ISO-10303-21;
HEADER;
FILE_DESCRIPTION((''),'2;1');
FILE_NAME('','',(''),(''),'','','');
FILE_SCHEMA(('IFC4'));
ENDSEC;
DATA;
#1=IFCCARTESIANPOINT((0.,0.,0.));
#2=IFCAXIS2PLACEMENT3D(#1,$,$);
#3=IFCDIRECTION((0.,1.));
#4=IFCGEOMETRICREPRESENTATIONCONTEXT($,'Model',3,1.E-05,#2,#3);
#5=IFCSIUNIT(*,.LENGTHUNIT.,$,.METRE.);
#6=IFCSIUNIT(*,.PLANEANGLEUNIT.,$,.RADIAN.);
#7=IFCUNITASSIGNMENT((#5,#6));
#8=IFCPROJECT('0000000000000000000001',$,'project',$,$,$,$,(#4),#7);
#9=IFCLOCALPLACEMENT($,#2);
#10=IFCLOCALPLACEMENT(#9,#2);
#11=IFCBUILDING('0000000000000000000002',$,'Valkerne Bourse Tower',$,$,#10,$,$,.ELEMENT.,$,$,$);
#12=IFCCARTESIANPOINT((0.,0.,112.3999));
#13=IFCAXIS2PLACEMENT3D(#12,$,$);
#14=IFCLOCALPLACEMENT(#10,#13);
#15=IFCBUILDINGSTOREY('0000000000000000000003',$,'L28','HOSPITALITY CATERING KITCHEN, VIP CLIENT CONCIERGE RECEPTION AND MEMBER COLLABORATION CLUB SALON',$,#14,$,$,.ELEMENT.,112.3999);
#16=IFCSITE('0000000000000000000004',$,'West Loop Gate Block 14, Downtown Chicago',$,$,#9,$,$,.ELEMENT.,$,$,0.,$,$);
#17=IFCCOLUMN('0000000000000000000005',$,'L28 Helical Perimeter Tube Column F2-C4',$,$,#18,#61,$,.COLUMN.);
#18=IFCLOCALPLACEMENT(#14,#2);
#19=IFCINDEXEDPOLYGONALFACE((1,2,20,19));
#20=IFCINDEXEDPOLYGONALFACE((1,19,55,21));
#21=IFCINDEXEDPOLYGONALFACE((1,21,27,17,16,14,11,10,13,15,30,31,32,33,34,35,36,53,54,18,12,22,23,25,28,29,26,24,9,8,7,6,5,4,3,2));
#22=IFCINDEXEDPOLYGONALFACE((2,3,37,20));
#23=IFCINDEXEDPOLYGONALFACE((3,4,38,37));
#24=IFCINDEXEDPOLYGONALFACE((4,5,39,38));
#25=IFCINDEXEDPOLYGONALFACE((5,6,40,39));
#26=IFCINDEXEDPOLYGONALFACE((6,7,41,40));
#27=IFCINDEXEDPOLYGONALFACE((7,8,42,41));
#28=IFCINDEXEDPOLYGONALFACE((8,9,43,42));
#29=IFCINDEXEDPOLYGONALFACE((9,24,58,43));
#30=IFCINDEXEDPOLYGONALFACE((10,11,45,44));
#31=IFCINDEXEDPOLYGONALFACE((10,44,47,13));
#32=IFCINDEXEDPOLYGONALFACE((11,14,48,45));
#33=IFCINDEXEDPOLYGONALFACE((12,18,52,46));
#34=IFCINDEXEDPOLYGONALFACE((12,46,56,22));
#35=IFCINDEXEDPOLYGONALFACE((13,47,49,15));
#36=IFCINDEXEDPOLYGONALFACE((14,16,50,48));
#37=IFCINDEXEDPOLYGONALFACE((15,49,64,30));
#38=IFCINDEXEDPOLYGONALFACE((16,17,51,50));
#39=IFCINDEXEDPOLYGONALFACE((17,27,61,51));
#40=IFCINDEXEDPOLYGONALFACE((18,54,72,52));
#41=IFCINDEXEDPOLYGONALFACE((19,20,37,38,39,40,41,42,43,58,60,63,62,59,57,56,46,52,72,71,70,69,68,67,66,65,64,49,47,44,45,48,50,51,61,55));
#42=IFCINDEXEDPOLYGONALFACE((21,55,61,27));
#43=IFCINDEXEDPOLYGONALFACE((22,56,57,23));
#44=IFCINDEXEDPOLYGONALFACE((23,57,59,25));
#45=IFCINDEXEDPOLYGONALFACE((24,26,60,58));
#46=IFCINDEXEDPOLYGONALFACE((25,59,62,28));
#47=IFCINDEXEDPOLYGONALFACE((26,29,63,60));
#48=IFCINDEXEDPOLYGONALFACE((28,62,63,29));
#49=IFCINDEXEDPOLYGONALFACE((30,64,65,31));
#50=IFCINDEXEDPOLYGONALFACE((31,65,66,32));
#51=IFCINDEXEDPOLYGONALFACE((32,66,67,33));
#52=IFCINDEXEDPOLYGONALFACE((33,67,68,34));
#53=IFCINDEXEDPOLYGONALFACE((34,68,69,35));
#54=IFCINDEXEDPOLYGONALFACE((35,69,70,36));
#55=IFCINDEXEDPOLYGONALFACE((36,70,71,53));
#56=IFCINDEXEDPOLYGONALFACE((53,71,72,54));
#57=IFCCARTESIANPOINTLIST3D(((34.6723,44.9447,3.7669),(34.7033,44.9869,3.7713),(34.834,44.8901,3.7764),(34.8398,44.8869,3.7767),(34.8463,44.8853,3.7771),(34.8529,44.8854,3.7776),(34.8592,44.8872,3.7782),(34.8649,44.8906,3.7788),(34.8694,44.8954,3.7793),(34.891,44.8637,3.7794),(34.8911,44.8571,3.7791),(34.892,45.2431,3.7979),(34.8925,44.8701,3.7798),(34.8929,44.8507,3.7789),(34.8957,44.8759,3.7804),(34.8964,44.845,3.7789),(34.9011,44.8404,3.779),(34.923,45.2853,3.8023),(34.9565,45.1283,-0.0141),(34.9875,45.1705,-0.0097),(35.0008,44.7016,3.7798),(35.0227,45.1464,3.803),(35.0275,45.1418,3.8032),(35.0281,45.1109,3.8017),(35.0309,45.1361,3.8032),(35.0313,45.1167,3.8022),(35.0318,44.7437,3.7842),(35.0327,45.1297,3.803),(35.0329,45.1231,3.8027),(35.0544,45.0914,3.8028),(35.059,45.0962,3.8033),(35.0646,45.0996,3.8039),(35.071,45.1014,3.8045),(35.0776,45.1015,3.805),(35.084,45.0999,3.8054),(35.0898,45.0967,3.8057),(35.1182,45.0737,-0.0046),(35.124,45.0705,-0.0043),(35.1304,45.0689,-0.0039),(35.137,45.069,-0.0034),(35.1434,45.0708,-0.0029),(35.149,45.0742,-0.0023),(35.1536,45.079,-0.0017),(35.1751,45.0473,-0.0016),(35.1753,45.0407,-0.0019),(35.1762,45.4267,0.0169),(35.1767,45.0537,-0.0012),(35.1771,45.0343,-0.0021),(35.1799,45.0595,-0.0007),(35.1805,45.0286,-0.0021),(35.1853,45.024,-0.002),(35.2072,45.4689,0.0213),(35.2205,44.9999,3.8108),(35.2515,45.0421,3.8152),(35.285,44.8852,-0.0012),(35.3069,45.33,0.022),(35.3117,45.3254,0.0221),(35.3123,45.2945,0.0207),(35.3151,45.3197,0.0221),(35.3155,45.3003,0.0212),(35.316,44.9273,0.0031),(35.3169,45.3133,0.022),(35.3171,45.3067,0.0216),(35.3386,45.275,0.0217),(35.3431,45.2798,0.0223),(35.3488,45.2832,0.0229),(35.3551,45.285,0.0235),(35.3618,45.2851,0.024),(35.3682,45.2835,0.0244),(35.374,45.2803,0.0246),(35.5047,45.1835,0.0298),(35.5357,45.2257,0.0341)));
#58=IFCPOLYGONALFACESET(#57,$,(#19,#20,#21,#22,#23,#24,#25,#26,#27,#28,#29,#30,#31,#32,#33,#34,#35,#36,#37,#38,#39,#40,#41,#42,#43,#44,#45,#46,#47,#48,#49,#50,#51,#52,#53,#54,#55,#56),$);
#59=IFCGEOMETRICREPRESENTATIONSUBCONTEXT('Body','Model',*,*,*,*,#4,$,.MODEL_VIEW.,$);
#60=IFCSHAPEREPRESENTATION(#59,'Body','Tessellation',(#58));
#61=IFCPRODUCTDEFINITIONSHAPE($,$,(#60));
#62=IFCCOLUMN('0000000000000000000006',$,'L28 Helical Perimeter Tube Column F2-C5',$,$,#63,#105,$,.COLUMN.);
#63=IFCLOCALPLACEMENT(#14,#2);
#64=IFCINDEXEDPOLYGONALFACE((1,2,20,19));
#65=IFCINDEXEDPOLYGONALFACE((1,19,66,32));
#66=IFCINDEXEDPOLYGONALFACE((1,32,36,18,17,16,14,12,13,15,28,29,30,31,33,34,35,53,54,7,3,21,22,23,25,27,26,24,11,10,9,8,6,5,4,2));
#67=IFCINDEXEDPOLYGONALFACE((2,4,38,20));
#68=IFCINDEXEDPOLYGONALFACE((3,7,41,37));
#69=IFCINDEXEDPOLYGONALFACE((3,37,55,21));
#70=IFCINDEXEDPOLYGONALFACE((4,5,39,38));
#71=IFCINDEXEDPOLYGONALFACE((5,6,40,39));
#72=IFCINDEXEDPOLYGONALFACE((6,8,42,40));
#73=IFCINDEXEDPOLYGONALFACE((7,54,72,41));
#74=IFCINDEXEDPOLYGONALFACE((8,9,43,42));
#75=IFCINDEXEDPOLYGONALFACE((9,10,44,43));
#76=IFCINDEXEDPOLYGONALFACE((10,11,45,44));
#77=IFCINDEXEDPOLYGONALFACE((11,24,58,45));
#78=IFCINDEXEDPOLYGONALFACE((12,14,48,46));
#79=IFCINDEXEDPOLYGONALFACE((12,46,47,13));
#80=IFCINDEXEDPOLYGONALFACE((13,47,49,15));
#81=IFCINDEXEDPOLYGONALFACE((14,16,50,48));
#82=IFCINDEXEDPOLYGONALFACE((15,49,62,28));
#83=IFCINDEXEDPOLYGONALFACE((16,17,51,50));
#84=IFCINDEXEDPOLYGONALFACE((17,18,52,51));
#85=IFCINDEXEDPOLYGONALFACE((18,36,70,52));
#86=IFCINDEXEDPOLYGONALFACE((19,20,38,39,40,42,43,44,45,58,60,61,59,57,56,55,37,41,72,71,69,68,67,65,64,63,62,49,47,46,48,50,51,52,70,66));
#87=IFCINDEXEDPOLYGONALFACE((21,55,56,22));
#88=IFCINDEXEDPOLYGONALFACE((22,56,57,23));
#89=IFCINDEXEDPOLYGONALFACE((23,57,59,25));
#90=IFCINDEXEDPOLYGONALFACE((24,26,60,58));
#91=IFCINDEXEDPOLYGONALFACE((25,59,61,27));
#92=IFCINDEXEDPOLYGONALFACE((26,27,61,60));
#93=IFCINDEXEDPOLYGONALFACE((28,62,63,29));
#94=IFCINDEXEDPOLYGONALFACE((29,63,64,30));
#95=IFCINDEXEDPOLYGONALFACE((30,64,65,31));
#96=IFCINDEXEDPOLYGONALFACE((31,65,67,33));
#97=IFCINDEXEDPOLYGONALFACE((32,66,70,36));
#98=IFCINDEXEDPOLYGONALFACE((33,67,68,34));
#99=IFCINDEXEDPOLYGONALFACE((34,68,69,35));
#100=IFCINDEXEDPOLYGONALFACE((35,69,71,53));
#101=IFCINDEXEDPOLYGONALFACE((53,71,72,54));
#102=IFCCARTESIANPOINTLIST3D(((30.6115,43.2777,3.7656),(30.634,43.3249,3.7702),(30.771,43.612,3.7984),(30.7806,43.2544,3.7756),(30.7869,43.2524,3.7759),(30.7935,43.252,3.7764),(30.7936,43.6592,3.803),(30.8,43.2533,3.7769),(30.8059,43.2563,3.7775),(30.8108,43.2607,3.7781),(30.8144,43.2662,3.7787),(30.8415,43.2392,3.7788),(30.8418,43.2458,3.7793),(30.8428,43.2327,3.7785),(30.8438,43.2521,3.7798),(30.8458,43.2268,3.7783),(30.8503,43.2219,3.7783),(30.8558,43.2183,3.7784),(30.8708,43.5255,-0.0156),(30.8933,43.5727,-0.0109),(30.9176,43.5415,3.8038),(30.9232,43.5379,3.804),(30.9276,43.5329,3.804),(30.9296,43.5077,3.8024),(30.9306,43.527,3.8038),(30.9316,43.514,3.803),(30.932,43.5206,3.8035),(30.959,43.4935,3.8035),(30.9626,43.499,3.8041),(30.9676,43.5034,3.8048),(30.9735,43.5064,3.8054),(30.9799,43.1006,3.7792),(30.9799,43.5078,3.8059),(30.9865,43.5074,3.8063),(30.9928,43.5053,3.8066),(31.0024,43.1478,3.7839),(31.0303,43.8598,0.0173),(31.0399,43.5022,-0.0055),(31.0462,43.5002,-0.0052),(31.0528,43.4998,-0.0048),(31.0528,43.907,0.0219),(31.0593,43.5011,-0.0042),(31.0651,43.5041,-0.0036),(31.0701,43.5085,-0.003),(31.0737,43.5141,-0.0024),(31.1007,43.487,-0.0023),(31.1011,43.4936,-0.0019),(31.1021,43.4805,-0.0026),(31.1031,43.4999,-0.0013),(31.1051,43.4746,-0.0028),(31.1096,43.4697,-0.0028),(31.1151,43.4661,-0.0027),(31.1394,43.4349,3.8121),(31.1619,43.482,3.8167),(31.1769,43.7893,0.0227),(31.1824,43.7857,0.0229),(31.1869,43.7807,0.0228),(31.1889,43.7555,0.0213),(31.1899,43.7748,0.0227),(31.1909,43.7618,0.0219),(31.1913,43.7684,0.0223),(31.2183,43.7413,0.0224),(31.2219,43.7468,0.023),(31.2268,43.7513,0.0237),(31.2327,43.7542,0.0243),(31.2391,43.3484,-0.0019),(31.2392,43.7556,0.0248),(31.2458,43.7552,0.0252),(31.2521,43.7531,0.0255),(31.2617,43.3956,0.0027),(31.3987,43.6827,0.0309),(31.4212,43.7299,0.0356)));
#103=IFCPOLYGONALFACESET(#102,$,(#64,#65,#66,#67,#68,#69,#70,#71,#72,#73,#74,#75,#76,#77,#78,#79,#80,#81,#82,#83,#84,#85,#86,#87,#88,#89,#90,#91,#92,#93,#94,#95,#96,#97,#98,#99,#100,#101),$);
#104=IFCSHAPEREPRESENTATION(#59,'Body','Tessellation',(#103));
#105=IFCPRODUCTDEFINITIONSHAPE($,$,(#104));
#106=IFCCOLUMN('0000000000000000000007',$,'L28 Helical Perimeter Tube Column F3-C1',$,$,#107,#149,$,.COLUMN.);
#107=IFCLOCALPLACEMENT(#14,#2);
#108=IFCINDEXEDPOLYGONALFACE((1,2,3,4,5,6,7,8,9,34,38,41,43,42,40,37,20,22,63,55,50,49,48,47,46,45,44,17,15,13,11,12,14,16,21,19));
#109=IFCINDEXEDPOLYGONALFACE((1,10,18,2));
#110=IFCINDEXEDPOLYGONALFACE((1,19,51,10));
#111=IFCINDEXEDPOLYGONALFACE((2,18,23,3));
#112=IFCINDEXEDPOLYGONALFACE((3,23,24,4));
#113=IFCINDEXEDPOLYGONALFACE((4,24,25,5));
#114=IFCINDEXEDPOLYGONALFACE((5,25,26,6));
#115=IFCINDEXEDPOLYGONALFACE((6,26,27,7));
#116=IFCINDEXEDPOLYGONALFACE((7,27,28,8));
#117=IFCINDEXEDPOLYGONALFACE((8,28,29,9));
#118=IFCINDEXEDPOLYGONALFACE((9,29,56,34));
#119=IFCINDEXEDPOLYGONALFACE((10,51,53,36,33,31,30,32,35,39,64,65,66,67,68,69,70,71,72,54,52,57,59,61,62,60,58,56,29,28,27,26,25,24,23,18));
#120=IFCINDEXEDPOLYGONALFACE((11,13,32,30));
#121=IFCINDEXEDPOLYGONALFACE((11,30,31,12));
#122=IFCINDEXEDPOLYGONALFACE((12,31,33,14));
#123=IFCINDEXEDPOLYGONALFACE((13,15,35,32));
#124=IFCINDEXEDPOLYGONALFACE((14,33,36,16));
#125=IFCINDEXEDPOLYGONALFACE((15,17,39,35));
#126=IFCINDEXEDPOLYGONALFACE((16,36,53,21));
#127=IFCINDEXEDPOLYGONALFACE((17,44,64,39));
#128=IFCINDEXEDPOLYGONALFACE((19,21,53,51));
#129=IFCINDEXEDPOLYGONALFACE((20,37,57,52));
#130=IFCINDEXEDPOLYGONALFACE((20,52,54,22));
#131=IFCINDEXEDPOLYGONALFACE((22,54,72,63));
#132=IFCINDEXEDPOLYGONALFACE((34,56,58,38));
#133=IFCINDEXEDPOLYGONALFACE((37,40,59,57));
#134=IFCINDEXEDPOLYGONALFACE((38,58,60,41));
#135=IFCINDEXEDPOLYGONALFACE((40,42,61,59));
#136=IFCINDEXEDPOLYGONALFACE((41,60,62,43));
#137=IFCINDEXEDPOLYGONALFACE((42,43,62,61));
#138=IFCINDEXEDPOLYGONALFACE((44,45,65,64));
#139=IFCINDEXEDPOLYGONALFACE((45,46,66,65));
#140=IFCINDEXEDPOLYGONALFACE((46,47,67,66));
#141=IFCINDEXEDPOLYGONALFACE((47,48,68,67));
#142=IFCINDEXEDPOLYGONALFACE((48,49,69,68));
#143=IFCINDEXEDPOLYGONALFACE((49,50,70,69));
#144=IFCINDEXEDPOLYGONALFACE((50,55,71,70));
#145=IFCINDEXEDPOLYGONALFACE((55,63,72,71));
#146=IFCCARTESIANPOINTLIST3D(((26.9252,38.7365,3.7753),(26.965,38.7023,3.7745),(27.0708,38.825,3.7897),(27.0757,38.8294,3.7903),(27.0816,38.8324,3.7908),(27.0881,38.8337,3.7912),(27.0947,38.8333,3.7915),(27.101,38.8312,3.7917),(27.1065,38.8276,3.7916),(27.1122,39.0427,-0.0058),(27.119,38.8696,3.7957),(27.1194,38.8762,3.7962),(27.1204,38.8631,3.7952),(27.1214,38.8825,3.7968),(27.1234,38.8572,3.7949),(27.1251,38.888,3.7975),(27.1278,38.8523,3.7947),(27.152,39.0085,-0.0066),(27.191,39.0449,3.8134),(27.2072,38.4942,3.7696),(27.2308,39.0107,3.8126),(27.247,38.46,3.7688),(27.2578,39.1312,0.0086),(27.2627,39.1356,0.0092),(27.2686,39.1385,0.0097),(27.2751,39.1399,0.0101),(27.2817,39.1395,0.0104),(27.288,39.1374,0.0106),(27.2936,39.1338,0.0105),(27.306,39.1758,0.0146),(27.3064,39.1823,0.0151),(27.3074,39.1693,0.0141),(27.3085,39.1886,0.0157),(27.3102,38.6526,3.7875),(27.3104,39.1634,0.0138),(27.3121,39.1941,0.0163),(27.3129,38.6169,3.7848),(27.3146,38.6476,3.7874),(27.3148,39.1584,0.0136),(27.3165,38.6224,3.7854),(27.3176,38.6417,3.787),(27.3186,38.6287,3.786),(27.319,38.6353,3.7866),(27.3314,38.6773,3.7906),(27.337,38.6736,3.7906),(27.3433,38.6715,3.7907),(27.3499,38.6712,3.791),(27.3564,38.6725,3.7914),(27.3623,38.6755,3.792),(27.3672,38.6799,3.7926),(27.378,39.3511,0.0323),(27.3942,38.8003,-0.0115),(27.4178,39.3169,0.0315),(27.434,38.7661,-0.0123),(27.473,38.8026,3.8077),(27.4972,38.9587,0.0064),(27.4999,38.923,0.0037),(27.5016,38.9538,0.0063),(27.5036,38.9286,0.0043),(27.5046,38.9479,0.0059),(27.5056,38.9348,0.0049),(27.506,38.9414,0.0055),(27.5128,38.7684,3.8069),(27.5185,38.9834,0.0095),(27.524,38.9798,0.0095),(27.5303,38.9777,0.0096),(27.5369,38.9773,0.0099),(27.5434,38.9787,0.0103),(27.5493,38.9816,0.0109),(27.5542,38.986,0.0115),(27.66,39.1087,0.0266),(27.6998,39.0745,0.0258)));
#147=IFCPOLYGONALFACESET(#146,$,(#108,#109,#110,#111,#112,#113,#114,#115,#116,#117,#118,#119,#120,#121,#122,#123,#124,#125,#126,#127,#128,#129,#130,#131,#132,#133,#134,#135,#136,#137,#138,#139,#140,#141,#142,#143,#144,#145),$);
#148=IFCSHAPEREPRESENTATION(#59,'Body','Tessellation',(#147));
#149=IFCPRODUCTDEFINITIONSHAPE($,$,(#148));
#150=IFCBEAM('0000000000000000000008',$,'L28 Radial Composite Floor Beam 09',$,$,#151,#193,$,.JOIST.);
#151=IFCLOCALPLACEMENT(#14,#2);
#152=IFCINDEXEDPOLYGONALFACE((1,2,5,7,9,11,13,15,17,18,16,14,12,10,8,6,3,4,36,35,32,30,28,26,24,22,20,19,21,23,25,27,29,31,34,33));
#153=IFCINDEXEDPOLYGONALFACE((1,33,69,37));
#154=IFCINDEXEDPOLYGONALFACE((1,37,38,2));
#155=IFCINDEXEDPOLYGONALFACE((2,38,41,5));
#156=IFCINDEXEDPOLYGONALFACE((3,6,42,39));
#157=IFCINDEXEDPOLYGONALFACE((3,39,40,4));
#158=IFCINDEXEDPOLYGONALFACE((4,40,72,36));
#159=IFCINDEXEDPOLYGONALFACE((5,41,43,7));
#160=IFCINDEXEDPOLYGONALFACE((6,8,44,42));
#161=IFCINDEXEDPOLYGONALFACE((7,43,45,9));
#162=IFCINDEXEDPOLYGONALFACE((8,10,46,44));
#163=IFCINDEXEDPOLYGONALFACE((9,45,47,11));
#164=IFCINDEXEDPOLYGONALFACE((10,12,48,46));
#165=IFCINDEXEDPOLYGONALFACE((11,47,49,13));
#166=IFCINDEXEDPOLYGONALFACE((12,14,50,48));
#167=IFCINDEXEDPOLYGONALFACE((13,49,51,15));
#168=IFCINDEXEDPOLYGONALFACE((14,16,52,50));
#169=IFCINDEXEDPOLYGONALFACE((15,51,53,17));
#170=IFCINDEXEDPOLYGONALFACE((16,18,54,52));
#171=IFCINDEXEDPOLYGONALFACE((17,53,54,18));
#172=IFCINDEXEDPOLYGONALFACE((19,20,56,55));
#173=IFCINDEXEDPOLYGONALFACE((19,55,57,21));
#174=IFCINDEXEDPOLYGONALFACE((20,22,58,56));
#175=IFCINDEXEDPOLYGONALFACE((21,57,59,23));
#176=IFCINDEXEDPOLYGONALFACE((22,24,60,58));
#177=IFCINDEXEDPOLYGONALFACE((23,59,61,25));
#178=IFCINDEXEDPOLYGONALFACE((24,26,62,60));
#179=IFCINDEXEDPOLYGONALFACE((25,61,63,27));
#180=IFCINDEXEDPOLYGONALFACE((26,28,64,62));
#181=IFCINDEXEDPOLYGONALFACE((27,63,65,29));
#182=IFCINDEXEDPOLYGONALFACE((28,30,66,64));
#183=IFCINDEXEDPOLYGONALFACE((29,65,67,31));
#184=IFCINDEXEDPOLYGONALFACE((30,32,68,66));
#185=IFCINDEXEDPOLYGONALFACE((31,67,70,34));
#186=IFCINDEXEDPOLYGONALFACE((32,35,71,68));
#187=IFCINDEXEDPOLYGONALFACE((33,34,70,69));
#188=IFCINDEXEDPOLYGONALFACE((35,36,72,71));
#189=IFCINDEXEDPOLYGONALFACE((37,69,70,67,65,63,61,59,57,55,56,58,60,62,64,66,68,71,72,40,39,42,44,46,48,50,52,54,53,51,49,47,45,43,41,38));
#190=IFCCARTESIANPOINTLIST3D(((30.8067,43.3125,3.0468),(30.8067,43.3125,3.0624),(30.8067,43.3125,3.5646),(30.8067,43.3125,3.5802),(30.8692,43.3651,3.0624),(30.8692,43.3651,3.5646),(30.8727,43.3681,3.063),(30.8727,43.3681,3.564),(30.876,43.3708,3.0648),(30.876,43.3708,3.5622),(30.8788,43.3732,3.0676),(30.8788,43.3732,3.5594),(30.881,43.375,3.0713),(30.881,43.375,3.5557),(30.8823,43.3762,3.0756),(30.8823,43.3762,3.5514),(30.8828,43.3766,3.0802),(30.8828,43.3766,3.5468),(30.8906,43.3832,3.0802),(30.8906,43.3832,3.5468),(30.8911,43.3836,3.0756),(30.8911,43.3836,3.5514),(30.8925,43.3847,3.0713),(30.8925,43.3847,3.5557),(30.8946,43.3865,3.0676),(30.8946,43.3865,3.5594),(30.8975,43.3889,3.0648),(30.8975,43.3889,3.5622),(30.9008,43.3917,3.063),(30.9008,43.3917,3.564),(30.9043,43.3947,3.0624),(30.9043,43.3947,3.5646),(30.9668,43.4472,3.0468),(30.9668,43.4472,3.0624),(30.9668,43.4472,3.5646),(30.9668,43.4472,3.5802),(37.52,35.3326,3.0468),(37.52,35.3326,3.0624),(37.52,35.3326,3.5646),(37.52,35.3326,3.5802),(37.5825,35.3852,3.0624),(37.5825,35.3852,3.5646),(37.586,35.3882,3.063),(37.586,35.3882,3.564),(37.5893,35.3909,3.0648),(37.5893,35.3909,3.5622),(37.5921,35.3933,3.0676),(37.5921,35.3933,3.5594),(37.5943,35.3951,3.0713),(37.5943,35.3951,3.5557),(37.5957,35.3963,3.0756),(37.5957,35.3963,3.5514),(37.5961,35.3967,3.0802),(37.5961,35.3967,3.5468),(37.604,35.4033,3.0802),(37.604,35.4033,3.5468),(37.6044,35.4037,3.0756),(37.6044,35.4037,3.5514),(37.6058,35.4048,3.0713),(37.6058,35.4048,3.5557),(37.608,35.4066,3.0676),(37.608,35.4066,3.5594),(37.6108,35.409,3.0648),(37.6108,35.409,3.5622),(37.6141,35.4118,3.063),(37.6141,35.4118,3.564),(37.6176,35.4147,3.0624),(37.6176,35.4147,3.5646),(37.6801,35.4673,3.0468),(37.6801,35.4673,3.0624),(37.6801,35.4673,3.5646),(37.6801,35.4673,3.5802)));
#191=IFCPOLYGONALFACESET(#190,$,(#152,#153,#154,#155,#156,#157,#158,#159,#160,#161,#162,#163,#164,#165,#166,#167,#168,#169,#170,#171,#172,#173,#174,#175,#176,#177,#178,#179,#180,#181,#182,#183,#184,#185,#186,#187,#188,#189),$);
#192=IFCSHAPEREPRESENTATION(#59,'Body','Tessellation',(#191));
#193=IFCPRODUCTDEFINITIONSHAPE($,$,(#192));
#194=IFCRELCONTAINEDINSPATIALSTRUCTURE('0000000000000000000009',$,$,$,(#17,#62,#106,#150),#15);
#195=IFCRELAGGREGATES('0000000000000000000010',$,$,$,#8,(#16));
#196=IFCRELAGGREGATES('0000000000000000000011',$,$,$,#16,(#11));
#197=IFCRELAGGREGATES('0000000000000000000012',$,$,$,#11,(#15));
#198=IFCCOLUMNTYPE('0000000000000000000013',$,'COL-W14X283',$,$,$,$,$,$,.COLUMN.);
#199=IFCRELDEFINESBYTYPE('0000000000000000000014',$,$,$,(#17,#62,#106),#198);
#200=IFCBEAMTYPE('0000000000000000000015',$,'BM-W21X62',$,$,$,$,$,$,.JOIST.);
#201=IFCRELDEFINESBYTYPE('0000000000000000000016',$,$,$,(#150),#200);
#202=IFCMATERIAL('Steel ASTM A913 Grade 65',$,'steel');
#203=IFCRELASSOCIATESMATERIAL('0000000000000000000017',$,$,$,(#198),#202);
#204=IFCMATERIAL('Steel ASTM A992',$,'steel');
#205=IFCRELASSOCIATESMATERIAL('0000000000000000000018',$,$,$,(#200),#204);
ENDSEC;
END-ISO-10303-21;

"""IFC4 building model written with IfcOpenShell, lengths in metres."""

from ifc_helpers import new_model, si_unit, direction, frame, origin, origin_2d, place, context, subcontext, project, spatial, i_section, extrude, material, material_profile, profile_set, type_object, element, save


model = new_model("IFC4")

# Units and contexts
model_context = context("Model", 3, precision=1e-05, world=origin(), true_north=direction((0.0, 1.0)))
body_context = subcontext(model_context, "Body", "Model", "MODEL_VIEW")
ifc_project = project(units=[si_unit("LENGTHUNIT", "METRE"), si_unit("PLANEANGLEUNIT", "RADIAN")], contexts=[model_context])

# Site, building, storey
site_placement = place(None, origin())
site = spatial("IfcSite", under=ifc_project, at=site_placement, Name="West Loop Gate Block 14, Downtown Chicago", CompositionType="ELEMENT", RefElevation=0.0)
building_placement = place(site_placement, origin())
building = spatial("IfcBuilding", under=site, at=building_placement, Name="Valkerne Bourse Tower", CompositionType="ELEMENT")
storey_placement = place(building_placement, frame((0.0, 0.0, 112.3999)))
storey = spatial("IfcBuildingStorey", under=building, at=storey_placement, Name="L28", Description="HOSPITALITY CATERING KITCHEN, VIP CLIENT CONCIERGE RECEPTION AND MEMBER COLLABORATION CLUB SALON", CompositionType="ELEMENT", Elevation=112.3999)

# Columns
ifc_material_1 = material(Name="Steel ASTM A913 Grade 65", Category="steel")
ifc_material_profile_1 = material_profile(ifc_material_1, i_section(OverallWidth=0.4089, OverallDepth=0.4243, WebThickness=0.0327, FlangeThickness=0.0525, FilletRadius=0.0254, at=origin_2d()), Name="W14X283")
ifc_profile_set_1 = profile_set([ifc_material_profile_1], Name="Steel ASTM A913 Grade 65")
column_type = type_object("IfcColumnType", Name="COL-W14X283", PredefinedType="COLUMN", material=ifc_profile_set_1)
column_placement = place(storey_placement, frame((35.2461, 45.177, 0.01), z_axis=(-0.074861, -0.048364, 0.99602), x_axis=(-0.803343, 0.594682, -0.031503)))
element("IfcColumn", 1, at=column_placement, inside=storey, type_object=column_type, Name="L28 Helical Perimeter Tube Column F2-C4", PredefinedType="COLUMN", context=body_context, shape_type="SweptSolid", body=[
    extrude(i_section(OverallWidth=0.4089, OverallDepth=0.4243, WebThickness=0.0327, FlangeThickness=0.0525, FilletRadius=0.0254, at=origin_2d()), origin(), (0.0, 0.0, 1.0), 3.7961),
])
for number, where, z_axis, x_axis, name in (
    (2, (31.146, 43.6277, 0.01), (-0.068267, -0.065246, 0.995531), (-0.900718, 0.433119, -0.033379), "L28 Helical Perimeter Tube Column F2-C5"),
    (3, (27.406, 39.0586, 0.01), (-0.04924, -0.080609, 0.995529), (-0.650043, -0.754159, -0.093217), "L28 Helical Perimeter Tube Column F3-C1"),
):
    element("IfcColumn", number, at=place(storey_placement, frame(where, z_axis=z_axis, x_axis=x_axis)), inside=storey, type_object=column_type, Name=name, PredefinedType="COLUMN", context=body_context, shape_type="SweptSolid", body=[
        extrude(i_section(OverallWidth=0.4089, OverallDepth=0.4243, WebThickness=0.0327, FlangeThickness=0.0525, FilletRadius=0.0254, at=origin_2d()), origin(), (0.0, 0.0, 1.0), 3.7981),
    ])

# Beam
ifc_material_2 = material(Name="Steel ASTM A992", Category="steel")
ifc_material_profile_2 = material_profile(ifc_material_2, i_section(OverallWidth=0.2092, OverallDepth=0.5334, WebThickness=0.0103, FlangeThickness=0.0156, FilletRadius=0.0178, at=origin_2d()), Name="W21X62")
ifc_profile_set_2 = profile_set([ifc_material_profile_2], Name="Steel ASTM A992")
beam_type_1 = type_object("IfcBeamType", Name="BM-W21X62", PredefinedType="JOIST", material=ifc_profile_set_2)
beam_1_placement = place(storey_placement, frame((30.8867, 43.3799, 3.3135), z_axis=(0.643765, -0.765223, 0.0), x_axis=(0.765223, 0.643765, 0.0)))
element("IfcBeam", 4, at=beam_1_placement, inside=storey, type_object=beam_type_1, Name="L28 Radial Composite Floor Beam 09", PredefinedType="JOIST", context=body_context, shape_type="SweptSolid", body=[
    extrude(i_section(OverallWidth=0.2092, OverallDepth=0.5334, WebThickness=0.0103, FlangeThickness=0.0156, FilletRadius=0.0178, at=origin_2d()), origin(), (0.0, 0.0, 1.0), 10.4282),
])

save(model, "model.ifc")
